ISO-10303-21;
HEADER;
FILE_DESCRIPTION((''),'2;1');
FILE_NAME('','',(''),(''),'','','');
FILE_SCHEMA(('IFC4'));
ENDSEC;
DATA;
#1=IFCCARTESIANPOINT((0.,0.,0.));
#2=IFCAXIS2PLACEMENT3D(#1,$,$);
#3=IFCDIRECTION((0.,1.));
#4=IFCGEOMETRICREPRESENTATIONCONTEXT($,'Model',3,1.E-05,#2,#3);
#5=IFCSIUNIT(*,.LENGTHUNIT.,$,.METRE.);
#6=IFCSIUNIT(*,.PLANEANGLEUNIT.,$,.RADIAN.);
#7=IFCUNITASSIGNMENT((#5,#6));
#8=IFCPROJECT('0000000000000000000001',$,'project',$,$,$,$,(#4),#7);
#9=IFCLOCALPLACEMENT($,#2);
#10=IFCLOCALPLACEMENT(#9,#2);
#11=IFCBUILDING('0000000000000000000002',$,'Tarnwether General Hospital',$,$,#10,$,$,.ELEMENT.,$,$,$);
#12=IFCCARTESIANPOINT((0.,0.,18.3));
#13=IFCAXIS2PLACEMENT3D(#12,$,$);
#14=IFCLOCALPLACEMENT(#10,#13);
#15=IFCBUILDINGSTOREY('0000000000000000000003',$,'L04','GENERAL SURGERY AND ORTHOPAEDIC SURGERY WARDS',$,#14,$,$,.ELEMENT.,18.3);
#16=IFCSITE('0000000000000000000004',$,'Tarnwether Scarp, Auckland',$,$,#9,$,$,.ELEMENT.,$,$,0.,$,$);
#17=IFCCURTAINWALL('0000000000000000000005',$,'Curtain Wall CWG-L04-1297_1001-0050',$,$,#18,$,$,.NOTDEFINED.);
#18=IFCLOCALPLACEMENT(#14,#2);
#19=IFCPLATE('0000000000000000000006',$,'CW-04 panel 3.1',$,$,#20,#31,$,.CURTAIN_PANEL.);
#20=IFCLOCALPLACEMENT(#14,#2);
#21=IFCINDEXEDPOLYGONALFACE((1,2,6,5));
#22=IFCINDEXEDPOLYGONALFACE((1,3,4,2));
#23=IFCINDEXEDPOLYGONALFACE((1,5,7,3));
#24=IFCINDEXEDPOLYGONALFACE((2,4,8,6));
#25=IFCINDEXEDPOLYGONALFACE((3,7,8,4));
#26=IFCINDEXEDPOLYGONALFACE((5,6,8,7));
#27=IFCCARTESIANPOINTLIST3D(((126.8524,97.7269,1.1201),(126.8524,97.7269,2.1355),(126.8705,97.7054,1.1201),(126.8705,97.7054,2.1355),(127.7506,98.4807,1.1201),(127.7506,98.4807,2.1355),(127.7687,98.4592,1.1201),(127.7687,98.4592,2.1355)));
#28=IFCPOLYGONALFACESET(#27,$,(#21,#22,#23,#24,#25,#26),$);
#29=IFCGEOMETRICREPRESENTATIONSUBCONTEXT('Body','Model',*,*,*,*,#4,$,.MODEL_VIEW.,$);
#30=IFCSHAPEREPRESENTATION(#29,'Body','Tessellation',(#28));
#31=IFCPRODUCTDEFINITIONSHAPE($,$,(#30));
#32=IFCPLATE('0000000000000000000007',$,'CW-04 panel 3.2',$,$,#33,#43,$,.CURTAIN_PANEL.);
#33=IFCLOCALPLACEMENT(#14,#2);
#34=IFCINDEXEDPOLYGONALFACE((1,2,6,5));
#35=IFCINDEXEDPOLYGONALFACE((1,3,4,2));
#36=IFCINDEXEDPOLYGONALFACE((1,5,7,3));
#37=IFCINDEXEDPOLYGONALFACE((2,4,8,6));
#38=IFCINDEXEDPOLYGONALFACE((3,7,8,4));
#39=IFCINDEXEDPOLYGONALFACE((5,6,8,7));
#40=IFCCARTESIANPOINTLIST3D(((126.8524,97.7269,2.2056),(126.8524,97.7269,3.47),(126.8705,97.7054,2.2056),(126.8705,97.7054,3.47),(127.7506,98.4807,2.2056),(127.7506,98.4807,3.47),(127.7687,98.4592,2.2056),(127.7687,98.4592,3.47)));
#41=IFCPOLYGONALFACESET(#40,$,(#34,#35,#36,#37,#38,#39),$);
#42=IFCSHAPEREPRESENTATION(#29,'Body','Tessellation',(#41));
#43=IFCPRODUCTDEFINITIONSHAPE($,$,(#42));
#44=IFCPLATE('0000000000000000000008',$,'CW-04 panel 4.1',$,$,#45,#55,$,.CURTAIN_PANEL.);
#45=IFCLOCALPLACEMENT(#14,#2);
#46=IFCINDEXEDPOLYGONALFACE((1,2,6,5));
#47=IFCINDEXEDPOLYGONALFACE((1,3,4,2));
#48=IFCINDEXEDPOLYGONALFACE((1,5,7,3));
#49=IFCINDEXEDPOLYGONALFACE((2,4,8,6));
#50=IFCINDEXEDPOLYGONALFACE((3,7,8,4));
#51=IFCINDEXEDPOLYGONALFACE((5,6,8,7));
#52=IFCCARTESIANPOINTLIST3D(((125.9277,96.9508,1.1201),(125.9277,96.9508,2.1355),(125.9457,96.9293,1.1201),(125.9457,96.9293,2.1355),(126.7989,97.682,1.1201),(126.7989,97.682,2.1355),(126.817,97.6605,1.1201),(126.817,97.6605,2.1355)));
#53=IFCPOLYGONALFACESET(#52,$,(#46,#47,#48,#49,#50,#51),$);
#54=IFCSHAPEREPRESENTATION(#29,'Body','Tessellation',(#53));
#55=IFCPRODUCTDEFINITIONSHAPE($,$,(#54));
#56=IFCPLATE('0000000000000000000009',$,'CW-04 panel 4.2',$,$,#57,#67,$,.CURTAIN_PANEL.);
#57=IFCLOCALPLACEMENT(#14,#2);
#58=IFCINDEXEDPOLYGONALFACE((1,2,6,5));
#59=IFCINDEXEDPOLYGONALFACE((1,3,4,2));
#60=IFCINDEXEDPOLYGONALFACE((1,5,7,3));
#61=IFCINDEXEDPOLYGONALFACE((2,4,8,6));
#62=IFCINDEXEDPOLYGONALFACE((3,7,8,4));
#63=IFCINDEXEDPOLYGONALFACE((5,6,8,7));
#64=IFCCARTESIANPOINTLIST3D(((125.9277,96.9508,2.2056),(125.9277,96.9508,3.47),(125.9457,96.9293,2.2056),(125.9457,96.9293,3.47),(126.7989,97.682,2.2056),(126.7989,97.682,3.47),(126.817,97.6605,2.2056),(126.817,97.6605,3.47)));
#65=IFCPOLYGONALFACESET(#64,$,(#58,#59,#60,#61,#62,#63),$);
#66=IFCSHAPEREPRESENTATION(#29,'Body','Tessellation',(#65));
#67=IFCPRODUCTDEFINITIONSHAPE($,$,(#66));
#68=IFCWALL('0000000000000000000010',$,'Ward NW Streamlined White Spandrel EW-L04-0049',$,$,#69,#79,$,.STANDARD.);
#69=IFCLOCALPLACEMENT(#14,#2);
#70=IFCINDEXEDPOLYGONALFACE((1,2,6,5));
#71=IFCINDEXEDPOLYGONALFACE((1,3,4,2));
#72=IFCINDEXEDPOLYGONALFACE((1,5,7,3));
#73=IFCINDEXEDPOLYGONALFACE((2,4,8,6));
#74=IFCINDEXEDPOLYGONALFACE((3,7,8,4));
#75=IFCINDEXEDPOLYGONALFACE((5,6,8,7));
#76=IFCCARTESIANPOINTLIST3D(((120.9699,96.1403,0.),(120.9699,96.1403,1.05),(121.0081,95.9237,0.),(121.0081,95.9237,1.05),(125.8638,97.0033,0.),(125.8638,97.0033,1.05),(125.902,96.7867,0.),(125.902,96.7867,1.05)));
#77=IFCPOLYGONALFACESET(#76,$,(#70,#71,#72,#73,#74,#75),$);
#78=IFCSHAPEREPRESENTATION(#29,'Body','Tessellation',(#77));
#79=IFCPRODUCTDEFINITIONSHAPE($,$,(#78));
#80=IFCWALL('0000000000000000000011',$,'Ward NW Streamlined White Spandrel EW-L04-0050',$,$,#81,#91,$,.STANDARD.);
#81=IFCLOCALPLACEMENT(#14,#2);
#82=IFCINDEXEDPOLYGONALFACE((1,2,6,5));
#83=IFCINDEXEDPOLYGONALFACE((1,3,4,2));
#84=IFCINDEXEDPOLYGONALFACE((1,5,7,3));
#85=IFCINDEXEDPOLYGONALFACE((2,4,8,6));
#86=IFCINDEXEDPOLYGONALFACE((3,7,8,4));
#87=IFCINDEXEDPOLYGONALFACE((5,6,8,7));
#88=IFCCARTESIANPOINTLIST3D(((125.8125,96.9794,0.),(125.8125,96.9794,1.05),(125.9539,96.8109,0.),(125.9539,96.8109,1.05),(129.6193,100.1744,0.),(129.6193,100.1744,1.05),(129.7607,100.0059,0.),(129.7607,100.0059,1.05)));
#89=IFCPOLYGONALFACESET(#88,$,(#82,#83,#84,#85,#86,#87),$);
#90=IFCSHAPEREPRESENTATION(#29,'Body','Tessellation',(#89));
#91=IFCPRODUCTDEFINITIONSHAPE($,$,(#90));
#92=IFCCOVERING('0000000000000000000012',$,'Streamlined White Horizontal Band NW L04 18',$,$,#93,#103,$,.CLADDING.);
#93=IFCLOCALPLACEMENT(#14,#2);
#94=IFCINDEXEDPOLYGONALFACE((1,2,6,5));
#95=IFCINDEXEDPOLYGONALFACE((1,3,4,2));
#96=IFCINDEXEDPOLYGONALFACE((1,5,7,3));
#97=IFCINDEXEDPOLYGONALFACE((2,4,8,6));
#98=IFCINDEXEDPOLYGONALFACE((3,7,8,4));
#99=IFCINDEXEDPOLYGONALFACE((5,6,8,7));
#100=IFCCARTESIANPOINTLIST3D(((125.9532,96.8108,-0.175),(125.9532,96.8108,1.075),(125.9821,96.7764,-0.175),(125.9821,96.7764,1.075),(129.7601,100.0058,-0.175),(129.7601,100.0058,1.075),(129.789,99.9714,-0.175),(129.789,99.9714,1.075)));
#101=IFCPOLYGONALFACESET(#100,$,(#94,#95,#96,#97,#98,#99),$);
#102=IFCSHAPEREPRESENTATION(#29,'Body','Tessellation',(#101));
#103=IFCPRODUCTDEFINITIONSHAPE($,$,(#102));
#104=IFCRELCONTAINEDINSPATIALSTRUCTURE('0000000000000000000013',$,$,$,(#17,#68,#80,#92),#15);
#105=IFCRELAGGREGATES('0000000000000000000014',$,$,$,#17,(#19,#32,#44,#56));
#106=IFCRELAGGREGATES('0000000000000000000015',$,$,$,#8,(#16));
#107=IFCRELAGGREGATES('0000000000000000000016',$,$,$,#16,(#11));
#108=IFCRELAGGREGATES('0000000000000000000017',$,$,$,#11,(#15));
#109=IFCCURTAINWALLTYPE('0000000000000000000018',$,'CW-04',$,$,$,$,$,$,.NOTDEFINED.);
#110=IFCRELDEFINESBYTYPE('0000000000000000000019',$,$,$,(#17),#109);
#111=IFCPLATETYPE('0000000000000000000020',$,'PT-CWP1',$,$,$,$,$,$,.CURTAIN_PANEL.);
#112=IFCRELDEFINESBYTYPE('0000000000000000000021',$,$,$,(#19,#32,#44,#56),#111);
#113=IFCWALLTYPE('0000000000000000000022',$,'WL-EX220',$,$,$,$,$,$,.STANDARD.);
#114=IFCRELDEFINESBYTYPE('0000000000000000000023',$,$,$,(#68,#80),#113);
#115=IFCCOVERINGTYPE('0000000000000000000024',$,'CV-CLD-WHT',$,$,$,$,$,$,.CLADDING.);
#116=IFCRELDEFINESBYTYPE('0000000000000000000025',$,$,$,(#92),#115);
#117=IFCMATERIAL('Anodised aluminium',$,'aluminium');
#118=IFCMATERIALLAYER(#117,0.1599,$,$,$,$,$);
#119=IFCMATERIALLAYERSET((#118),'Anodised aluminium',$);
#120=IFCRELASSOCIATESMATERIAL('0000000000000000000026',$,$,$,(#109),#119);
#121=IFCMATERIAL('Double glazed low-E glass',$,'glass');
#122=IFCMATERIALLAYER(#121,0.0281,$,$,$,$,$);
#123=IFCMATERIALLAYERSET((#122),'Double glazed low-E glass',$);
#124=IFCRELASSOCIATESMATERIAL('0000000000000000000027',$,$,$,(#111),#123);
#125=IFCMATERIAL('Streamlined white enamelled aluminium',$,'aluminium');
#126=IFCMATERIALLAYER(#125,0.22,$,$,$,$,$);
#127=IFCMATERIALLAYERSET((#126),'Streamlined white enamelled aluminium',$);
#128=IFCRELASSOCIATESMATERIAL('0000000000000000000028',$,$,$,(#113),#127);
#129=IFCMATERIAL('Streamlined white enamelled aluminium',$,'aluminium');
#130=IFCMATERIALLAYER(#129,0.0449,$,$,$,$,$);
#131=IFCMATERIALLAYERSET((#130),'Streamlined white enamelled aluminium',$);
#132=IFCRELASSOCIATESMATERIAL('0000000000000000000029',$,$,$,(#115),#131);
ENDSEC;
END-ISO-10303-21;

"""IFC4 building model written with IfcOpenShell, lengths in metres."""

from ifc_helpers import new_model, si_unit, direction, frame, frame_2d, origin, origin_2d, place, context, subcontext, project, spatial, rectangle, extrude, material, layer, layer_set, type_object, element, aggregate, save


model = new_model("IFC4")

# Units and contexts
model_context = context("Model", 3, precision=1e-05, world=origin(), true_north=direction((0.0, 1.0)))
body_context = subcontext(model_context, "Body", "Model", "MODEL_VIEW")
ifc_project = project(units=[si_unit("LENGTHUNIT", "METRE"), si_unit("PLANEANGLEUNIT", "RADIAN")], contexts=[model_context])

# Site, building, storey
site_placement = place(None, origin())
site = spatial("IfcSite", under=ifc_project, at=site_placement, Name="Tarnwether Scarp, Auckland", CompositionType="ELEMENT", RefElevation=0.0)
building_placement = place(site_placement, origin())
building = spatial("IfcBuilding", under=site, at=building_placement, Name="Tarnwether General Hospital", CompositionType="ELEMENT")
storey_placement = place(building_placement, frame((0.0, 0.0, 18.3)))
storey = spatial("IfcBuildingStorey", under=building, at=storey_placement, Name="L04", Description="GENERAL SURGERY AND ORTHOPAEDIC SURGERY WARDS", CompositionType="ELEMENT", Elevation=18.3)

# Shared definitions
ifc_material_1 = material(Name="Anodised aluminium", Category="aluminium")
ifc_layer_1 = layer(ifc_material_1, 0.1599)
ifc_layer_set_1 = layer_set([ifc_layer_1], Name="Anodised aluminium")
curtain_wall_type = type_object("IfcCurtainWallType", Name="CW-04", PredefinedType="NOTDEFINED", material=ifc_layer_set_1)

# Curtain wall
curtain_wall_1_placement = place(storey_placement, origin())
curtain_wall_1 = element("IfcCurtainWall", 1, at=curtain_wall_1_placement, inside=storey, type_object=curtain_wall_type, Name="Curtain Wall CWG-L04-1297_1001-0050", PredefinedType="NOTDEFINED")

# Plates
ifc_material_2 = material(Name="Double glazed low-E glass", Category="glass")
ifc_layer_2 = layer(ifc_material_2, 0.0281)
ifc_layer_set_2 = layer_set([ifc_layer_2], Name="Double glazed low-E glass")
plate_type = type_object("IfcPlateType", Name="PT-CWP1", PredefinedType="CURTAIN_PANEL", material=ifc_layer_set_2)
plate_1_placement = place(storey_placement, frame((127.3105, 98.093, 1.1201), z_axis=(0.0, 0.0, 1.0), x_axis=(-0.76599, -0.642852, 0.0)))
plate_1 = element("IfcPlate", 2, at=plate_1_placement, type_object=plate_type, Name="CW-04 panel 3.1", PredefinedType="CURTAIN_PANEL", context=body_context, shape_type="SweptSolid", body=[
    extrude(rectangle(XDim=1.1726, YDim=0.0281, at=origin_2d()), origin(), (0.0, 0.0, 1.0), 1.0154),
])
plate_2_placement = place(storey_placement, frame((127.3105, 98.093, 2.2056), z_axis=(0.0, 0.0, 1.0), x_axis=(-0.76599, -0.642852, 0.0)))
plate_2 = element("IfcPlate", 3, at=plate_2_placement, type_object=plate_type, Name="CW-04 panel 3.2", PredefinedType="CURTAIN_PANEL", context=body_context, shape_type="SweptSolid", body=[
    extrude(rectangle(XDim=1.1726, YDim=0.0281, at=origin_2d()), origin(), (0.0, 0.0, 1.0), 1.2644),
])
plate_3_placement = place(storey_placement, frame((126.3723, 97.3057, 1.1201), z_axis=(0.0, 0.0, 1.0), x_axis=(-0.76599, -0.642852, 0.0)))
plate_3 = element("IfcPlate", 4, at=plate_3_placement, type_object=plate_type, Name="CW-04 panel 4.1", PredefinedType="CURTAIN_PANEL", context=body_context, shape_type="SweptSolid", body=[
    extrude(rectangle(XDim=1.1375, YDim=0.0281, at=origin_2d()), origin(), (0.0, 0.0, 1.0), 1.0154),
])
plate_4_placement = place(storey_placement, frame((126.3723, 97.3057, 2.2056), z_axis=(0.0, 0.0, 1.0), x_axis=(-0.76599, -0.642852, 0.0)))
plate_4 = element("IfcPlate", 5, at=plate_4_placement, type_object=plate_type, Name="CW-04 panel 4.2", PredefinedType="CURTAIN_PANEL", context=body_context, shape_type="SweptSolid", body=[
    extrude(rectangle(XDim=1.1375, YDim=0.0281, at=origin_2d()), origin(), (0.0, 0.0, 1.0), 1.2644),
])
aggregate(curtain_wall_1, [plate_1, plate_2, plate_3, plate_4])

# Walls
ifc_material_3 = material(Name="Streamlined white enamelled aluminium", Category="aluminium")
ifc_layer_3 = layer(ifc_material_3, 0.22)
ifc_layer_set_3 = layer_set([ifc_layer_3], Name="Streamlined white enamelled aluminium")
wall_type = type_object("IfcWallType", Name="WL-EX220", PredefinedType="STANDARD", material=ifc_layer_set_3)
wall_1_placement = place(storey_placement, frame((125.8831, 96.895, 0.0), z_axis=(0.0, 0.0, 1.0), x_axis=(-0.984805, -0.173665, 0.0)))
element("IfcWall", 6, at=wall_1_placement, inside=storey, type_object=wall_type, Name="Ward NW Streamlined White Spandrel EW-L04-0049", PredefinedType="STANDARD", context=body_context, shape_type="SweptSolid", body=[
    extrude(rectangle(XDim=4.9695, YDim=0.22, at=frame_2d((2.4849, 0.0))), origin(), (0.0, 0.0, 1.0), 1.05),
])
wall_2_placement = place(storey_placement, frame((129.6899, 100.0901, 0.0), z_axis=(0.0, 0.0, 1.0), x_axis=(-0.765974, -0.642872, 0.0)))
element("IfcWall", 7, at=wall_2_placement, inside=storey, type_object=wall_type, Name="Ward NW Streamlined White Spandrel EW-L04-0050", PredefinedType="STANDARD", context=body_context, shape_type="SweptSolid", body=[
    extrude(rectangle(XDim=4.97, YDim=0.22, at=frame_2d((2.4849, 0.0))), origin(), (0.0, 0.0, 1.0), 1.05),
])

# Covering
ifc_material_4 = material(Name="Streamlined white enamelled aluminium", Category="aluminium")
ifc_layer_4 = layer(ifc_material_4, 0.0449)
ifc_layer_set_4 = layer_set([ifc_layer_4], Name="Streamlined white enamelled aluminium")
covering_type = type_object("IfcCoveringType", Name="CV-CLD-WHT", PredefinedType="CLADDING", material=ifc_layer_set_4)
covering_placement = place(storey_placement, frame((127.8711, 98.3911, -0.175), z_axis=(0.0, 0.0, 1.0), x_axis=(-0.765988, -0.642854, 0.0)))
element("IfcCovering", 8, at=covering_placement, inside=storey, type_object=covering_type, Name="Streamlined White Horizontal Band NW L04 18", PredefinedType="CLADDING", context=body_context, shape_type="SweptSolid", body=[
    extrude(rectangle(XDim=4.97, YDim=0.0449, at=origin_2d()), origin(), (0.0, 0.0, 1.0), 1.25),
])

save(model, "model.ifc")
